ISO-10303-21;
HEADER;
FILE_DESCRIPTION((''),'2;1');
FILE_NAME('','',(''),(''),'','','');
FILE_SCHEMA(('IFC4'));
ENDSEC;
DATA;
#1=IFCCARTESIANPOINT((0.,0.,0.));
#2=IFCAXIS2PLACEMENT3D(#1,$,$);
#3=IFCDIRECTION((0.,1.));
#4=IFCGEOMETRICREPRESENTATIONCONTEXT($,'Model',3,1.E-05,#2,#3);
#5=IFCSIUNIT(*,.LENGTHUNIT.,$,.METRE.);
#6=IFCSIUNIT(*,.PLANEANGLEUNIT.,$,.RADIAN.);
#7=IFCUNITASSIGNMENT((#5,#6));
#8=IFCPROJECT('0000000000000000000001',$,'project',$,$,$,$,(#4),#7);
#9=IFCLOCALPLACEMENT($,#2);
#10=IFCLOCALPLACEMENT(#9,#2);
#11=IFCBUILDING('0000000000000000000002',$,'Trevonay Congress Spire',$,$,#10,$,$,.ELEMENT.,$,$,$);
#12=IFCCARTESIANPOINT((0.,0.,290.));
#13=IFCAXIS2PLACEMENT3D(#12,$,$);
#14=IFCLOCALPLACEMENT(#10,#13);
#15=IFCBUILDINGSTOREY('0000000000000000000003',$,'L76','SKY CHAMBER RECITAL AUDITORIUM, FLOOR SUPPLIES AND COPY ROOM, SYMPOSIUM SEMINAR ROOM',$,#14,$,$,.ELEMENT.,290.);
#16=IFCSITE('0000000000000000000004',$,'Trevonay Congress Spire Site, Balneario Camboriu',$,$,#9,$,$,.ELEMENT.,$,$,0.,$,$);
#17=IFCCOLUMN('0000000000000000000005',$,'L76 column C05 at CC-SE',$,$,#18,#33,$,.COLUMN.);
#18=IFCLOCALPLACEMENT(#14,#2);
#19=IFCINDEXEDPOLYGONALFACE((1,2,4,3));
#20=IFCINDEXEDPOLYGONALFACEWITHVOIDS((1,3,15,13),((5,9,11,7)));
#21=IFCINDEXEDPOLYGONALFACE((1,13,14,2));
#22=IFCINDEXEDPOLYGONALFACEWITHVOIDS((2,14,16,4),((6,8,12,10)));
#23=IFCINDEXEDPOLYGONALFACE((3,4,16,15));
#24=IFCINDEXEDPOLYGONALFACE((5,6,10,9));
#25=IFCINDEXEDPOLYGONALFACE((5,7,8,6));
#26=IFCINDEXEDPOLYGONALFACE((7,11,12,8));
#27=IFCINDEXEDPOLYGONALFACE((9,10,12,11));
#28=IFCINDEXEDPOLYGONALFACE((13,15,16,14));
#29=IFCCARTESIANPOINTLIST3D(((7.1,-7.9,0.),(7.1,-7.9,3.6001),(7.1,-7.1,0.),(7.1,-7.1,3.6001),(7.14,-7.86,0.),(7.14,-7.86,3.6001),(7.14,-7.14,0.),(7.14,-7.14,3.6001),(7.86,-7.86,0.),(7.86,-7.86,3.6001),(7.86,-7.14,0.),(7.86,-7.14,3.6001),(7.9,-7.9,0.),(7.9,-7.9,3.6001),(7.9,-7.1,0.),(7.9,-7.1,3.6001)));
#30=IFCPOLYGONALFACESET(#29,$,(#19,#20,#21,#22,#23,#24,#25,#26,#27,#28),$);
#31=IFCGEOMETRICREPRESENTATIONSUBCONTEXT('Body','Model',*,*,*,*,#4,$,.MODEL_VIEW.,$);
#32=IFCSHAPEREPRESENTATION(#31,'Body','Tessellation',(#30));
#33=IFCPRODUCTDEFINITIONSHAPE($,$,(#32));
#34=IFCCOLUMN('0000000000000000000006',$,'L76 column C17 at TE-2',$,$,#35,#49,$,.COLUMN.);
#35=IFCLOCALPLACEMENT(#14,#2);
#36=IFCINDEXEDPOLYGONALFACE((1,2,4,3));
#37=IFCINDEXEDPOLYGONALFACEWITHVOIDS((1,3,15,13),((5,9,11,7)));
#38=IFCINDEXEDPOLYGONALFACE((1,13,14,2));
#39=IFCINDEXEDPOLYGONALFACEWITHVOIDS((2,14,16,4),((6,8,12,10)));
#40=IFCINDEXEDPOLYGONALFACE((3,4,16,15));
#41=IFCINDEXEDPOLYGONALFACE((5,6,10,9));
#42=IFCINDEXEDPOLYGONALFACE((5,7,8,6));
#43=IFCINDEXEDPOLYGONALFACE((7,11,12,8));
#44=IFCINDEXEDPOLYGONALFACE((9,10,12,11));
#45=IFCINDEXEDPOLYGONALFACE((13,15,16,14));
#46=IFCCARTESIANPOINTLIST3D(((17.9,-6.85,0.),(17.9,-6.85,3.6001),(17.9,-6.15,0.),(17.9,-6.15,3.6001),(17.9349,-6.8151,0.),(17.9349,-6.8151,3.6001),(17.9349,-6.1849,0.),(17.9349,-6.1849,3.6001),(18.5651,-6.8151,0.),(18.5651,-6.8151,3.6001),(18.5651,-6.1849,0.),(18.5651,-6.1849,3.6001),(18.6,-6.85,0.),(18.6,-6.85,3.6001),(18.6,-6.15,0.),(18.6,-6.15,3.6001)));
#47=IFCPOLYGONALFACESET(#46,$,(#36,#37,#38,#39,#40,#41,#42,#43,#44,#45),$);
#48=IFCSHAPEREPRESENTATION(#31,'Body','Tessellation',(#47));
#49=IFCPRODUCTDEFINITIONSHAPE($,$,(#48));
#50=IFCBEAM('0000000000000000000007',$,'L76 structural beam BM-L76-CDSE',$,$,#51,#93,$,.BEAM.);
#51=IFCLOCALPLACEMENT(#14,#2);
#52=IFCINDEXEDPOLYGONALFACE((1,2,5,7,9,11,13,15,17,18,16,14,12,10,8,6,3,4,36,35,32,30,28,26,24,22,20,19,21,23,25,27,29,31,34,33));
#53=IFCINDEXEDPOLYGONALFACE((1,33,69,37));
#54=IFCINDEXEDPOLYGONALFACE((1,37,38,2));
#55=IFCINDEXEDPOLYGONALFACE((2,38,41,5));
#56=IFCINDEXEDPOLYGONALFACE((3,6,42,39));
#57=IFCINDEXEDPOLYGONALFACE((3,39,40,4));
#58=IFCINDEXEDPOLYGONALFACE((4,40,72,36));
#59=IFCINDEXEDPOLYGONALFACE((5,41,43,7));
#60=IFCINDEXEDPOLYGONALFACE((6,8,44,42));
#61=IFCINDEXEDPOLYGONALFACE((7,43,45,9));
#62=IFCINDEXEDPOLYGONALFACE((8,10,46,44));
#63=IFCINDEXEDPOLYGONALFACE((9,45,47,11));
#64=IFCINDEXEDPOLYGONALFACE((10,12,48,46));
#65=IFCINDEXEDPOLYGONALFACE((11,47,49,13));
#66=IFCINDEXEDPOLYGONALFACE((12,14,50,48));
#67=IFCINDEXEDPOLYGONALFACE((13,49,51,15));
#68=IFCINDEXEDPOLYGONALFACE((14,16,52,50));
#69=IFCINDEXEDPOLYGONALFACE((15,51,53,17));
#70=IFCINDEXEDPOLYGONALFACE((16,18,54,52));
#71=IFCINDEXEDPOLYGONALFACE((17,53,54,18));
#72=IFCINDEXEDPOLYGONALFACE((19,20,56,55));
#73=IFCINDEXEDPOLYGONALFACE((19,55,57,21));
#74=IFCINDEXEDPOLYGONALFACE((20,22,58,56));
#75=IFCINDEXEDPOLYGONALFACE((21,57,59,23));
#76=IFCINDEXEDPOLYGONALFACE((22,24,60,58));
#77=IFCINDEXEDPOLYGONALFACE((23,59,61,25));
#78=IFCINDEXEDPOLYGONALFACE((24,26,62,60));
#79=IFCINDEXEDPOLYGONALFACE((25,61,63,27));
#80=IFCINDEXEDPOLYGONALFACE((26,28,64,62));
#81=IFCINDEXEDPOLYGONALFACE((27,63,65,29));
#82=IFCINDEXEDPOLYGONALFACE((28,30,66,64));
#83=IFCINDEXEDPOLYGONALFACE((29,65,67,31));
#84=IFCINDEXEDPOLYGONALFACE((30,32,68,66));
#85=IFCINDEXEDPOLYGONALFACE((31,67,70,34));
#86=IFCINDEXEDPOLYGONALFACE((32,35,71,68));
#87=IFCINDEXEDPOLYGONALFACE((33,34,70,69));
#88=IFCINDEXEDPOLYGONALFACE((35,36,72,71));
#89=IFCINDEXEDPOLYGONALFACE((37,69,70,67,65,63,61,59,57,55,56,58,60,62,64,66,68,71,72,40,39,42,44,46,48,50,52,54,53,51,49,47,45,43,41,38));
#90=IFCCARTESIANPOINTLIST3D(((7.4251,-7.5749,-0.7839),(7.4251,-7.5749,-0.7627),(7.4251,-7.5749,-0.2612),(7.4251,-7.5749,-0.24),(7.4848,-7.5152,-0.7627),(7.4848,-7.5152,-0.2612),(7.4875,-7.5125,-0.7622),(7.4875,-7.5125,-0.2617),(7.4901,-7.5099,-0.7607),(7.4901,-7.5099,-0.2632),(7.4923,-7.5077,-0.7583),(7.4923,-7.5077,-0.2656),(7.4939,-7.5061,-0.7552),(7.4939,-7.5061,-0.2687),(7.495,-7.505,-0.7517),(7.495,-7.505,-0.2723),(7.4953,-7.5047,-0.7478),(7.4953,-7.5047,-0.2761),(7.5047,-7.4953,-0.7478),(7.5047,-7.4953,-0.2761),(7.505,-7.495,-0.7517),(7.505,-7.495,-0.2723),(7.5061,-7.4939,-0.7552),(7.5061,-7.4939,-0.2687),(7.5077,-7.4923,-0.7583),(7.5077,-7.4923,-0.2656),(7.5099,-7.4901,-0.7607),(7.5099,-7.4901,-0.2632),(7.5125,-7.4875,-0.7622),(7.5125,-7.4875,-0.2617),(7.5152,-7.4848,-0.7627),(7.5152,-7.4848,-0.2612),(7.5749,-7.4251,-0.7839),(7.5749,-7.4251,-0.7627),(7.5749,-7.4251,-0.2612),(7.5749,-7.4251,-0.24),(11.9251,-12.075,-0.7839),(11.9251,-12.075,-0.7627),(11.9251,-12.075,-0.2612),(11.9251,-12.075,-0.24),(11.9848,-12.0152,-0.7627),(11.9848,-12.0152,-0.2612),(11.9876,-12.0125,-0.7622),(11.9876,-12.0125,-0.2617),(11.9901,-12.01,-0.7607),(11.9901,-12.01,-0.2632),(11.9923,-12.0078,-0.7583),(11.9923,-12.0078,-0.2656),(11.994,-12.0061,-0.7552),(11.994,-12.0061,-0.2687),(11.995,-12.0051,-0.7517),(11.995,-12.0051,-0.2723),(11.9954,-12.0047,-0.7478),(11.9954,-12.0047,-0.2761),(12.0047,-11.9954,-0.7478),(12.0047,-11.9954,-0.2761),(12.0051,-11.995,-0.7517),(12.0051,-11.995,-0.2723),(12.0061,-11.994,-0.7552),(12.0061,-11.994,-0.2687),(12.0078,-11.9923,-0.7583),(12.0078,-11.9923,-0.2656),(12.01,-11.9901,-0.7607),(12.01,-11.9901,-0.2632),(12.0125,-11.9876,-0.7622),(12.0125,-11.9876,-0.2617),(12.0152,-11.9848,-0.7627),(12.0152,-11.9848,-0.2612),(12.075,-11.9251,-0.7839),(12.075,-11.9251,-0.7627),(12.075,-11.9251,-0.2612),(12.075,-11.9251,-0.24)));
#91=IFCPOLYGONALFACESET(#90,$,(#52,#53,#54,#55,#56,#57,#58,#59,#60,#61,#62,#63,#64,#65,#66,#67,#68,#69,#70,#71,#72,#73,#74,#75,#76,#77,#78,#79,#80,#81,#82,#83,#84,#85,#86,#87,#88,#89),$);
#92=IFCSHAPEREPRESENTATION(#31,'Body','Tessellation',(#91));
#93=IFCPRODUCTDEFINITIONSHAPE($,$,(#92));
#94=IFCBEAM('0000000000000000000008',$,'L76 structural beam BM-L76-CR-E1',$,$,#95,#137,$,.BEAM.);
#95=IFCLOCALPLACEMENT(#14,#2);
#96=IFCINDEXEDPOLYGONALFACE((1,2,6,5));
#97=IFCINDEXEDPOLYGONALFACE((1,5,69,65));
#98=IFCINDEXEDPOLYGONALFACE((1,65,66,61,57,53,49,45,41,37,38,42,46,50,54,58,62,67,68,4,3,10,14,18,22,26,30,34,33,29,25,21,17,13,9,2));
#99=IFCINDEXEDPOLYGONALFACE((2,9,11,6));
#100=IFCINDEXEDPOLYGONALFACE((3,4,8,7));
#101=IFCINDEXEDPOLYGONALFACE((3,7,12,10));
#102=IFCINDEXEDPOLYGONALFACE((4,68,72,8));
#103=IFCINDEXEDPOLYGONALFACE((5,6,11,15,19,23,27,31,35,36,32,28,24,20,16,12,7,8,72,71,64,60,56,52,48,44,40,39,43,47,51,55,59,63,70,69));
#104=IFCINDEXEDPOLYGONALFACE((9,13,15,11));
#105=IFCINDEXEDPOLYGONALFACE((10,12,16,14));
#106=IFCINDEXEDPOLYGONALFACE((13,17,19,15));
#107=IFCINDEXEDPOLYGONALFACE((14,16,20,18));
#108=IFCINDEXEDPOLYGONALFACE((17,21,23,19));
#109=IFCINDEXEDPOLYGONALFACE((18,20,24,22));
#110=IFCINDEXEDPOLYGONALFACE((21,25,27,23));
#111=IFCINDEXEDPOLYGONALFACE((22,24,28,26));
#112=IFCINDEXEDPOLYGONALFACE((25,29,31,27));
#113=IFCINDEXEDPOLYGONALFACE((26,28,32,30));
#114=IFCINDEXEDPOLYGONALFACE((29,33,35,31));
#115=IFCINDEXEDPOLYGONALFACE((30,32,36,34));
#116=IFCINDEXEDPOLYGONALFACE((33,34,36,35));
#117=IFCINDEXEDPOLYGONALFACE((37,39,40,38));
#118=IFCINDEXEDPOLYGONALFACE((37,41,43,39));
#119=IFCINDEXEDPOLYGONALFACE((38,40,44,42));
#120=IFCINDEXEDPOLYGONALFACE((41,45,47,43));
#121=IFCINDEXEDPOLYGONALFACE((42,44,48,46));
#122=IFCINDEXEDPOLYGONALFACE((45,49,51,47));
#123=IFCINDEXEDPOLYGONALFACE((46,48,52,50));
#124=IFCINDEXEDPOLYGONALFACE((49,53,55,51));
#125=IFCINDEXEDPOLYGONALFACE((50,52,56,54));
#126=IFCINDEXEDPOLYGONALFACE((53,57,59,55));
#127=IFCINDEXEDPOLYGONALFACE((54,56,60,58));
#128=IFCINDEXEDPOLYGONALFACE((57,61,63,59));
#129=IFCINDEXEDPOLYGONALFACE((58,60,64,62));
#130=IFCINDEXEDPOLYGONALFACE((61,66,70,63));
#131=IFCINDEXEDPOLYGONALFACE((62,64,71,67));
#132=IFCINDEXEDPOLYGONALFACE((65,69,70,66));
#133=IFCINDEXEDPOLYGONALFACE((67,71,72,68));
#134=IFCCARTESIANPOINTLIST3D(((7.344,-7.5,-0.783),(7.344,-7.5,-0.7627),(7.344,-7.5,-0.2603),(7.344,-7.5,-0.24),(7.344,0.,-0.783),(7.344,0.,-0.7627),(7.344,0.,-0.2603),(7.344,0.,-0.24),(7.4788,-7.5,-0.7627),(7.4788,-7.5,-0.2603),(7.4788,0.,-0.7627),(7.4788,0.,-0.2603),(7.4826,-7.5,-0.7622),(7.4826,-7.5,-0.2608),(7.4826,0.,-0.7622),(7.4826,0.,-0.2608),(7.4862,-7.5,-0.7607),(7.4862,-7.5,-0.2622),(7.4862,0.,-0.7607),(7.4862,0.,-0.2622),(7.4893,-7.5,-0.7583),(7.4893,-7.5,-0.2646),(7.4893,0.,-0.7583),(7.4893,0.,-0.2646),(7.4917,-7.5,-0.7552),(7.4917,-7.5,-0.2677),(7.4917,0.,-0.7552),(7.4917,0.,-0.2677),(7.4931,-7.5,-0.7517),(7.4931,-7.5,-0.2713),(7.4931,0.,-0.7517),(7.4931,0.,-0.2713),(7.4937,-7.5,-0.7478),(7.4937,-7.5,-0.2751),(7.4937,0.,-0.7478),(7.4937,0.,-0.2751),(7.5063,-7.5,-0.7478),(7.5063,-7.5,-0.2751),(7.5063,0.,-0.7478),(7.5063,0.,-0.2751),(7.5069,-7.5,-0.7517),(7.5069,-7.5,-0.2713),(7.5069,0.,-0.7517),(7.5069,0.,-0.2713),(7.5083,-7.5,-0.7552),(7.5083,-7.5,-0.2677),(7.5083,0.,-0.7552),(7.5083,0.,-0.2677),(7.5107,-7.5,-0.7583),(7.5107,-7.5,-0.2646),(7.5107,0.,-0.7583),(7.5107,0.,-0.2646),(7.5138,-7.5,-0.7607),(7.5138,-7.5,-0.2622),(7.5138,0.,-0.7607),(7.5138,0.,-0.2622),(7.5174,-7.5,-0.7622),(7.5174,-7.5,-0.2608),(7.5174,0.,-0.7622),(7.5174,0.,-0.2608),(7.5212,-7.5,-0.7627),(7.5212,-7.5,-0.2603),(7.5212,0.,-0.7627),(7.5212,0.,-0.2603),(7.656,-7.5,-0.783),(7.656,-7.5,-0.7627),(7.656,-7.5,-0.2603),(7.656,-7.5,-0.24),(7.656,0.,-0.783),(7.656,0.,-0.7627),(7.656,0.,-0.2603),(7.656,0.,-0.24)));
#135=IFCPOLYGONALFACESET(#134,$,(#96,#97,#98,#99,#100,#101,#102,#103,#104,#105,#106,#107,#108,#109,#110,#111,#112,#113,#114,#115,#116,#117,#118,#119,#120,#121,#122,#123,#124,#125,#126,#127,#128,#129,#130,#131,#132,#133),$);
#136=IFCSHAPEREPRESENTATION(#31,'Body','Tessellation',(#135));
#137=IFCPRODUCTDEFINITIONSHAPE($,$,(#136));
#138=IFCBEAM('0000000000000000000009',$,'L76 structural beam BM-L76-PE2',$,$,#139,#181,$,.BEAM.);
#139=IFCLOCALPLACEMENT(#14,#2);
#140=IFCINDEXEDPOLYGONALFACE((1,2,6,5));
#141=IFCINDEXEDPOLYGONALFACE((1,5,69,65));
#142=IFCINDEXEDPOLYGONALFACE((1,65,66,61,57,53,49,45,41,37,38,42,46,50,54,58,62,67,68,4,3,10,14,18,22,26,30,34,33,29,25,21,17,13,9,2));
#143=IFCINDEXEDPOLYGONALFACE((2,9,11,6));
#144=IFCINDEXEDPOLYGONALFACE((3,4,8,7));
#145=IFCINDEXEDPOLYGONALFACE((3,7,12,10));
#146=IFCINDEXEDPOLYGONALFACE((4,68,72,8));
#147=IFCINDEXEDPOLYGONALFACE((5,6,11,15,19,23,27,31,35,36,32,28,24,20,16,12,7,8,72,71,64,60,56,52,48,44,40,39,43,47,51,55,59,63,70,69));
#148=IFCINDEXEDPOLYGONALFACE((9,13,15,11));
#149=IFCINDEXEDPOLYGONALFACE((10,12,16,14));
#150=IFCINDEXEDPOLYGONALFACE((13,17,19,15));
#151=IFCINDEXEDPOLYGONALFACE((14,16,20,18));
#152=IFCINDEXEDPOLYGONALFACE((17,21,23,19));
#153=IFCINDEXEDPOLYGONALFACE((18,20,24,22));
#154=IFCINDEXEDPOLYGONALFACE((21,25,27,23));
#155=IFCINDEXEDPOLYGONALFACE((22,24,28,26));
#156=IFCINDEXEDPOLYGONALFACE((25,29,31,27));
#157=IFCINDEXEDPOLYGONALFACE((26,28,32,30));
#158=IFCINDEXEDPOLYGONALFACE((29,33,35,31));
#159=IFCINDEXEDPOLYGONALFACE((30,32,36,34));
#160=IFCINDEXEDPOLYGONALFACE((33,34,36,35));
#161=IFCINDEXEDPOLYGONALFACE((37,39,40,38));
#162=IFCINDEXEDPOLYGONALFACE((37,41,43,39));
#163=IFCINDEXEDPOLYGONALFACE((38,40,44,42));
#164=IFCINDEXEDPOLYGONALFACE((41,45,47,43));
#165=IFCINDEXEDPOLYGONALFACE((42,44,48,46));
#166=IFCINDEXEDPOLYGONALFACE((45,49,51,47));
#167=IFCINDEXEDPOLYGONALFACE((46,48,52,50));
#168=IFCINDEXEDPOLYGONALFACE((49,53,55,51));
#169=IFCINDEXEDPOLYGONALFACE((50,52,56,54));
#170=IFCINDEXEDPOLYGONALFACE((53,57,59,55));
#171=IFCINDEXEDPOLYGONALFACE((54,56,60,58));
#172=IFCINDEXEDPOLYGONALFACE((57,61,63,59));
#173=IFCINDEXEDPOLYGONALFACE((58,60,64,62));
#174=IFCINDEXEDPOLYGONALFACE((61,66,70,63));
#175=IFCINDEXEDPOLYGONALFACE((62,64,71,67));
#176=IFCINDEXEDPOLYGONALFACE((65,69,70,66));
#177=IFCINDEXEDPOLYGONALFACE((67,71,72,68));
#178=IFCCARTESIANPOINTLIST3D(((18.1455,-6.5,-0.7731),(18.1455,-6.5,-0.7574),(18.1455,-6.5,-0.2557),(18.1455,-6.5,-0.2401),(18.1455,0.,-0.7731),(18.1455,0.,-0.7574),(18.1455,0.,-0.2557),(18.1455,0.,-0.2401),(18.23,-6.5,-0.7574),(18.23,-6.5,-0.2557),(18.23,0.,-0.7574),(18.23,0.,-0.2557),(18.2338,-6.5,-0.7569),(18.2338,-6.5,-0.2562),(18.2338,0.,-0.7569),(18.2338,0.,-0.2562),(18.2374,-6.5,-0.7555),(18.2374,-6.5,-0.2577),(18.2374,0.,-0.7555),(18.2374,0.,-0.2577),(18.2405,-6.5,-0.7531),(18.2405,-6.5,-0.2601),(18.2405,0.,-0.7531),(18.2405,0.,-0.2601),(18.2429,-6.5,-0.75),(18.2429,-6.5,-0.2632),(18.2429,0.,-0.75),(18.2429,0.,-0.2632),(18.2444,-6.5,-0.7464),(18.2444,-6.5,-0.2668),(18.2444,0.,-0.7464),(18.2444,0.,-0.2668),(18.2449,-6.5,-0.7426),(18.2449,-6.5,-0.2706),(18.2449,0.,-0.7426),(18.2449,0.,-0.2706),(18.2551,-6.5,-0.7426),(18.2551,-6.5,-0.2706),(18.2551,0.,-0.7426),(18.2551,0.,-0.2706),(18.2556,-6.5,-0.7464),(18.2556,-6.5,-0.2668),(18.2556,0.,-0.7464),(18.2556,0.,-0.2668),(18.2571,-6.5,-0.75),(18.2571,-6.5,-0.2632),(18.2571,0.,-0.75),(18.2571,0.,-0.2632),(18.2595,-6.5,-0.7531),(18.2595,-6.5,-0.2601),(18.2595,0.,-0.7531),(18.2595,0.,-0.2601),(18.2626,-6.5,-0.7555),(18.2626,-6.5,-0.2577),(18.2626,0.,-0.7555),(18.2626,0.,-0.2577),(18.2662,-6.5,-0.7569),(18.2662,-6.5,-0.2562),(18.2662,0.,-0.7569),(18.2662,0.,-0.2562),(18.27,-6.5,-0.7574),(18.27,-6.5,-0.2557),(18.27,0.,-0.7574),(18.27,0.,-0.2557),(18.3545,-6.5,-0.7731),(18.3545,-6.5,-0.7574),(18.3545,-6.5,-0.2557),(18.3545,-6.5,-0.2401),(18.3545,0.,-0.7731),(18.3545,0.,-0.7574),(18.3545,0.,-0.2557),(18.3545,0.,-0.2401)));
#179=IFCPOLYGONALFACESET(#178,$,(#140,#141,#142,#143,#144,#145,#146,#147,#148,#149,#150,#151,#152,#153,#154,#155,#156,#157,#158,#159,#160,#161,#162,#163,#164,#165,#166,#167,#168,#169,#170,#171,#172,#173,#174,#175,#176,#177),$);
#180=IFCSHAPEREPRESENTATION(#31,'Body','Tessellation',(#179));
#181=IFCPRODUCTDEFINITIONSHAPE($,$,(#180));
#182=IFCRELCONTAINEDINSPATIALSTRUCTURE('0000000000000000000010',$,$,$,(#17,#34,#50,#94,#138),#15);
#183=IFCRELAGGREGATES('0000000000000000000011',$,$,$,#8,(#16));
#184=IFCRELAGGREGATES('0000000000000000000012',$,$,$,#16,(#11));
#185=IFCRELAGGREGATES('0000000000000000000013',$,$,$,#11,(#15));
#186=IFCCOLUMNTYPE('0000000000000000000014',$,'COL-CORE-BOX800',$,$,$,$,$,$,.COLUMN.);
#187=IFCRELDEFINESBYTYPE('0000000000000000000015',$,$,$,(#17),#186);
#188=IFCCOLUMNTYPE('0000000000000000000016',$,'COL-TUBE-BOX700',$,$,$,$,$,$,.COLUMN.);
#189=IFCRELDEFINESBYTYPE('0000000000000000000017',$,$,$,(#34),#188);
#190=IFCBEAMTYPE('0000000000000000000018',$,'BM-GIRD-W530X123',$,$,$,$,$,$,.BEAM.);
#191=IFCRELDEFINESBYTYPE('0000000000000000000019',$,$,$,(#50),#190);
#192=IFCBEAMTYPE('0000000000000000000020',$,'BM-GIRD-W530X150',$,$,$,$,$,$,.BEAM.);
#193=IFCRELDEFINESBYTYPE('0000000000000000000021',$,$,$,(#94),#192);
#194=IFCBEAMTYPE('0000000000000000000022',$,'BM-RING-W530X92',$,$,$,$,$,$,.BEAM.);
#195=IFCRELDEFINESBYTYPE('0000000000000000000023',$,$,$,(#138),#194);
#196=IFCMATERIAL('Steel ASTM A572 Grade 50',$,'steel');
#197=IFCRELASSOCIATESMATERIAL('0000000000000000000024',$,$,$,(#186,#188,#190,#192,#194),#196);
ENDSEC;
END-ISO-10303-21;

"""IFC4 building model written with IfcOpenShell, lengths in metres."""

from ifc_helpers import new_model, si_unit, direction, frame, origin, origin_2d, place, context, subcontext, project, spatial, hollow_rectangle, i_section, extrude, material, material_profile, profile_set, type_object, element, save


model = new_model("IFC4")

# Units and contexts
model_context = context("Model", 3, precision=1e-05, world=origin(), true_north=direction((0.0, 1.0)))
body_context = subcontext(model_context, "Body", "Model", "MODEL_VIEW")
ifc_project = project(units=[si_unit("LENGTHUNIT", "METRE"), si_unit("PLANEANGLEUNIT", "RADIAN")], contexts=[model_context])

# Site, building, storey
site_placement = place(None, origin())
site = spatial("IfcSite", under=ifc_project, at=site_placement, Name="Trevonay Congress Spire Site, Balneario Camboriu", CompositionType="ELEMENT", RefElevation=0.0)
building_placement = place(site_placement, origin())
building = spatial("IfcBuilding", under=site, at=building_placement, Name="Trevonay Congress Spire", CompositionType="ELEMENT")
storey_placement = place(building_placement, frame((0.0, 0.0, 290.0)))
storey = spatial("IfcBuildingStorey", under=building, at=storey_placement, Name="L76", Description="SKY CHAMBER RECITAL AUDITORIUM, FLOOR SUPPLIES AND COPY ROOM, SYMPOSIUM SEMINAR ROOM", CompositionType="ELEMENT", Elevation=290.0)

# Columns
ifc_material_1 = material(Name="Steel ASTM A572 Grade 50", Category="steel")
ifc_material_profile_1 = material_profile(ifc_material_1, hollow_rectangle(XDim=0.8, YDim=0.8, WallThickness=0.04, at=origin_2d()), Name="BOX 800x800x40")
ifc_profile_set_1 = profile_set([ifc_material_profile_1], Name="Steel ASTM A572 Grade 50")
column_type_1 = type_object("IfcColumnType", Name="COL-CORE-BOX800", PredefinedType="COLUMN", material=ifc_profile_set_1)
column_1_placement = place(storey_placement, frame((7.5, -7.5, 0.0), z_axis=(0.0, 0.0, 1.0), x_axis=(1.0, 0.0, 0.0)))
element("IfcColumn", 1, at=column_1_placement, inside=storey, type_object=column_type_1, Name="L76 column C05 at CC-SE", PredefinedType="COLUMN", context=body_context, shape_type="SweptSolid", body=[
    extrude(hollow_rectangle(XDim=0.8, YDim=0.8, WallThickness=0.04, at=origin_2d()), origin(), (0.0, 0.0, 1.0), 3.6001),
])
ifc_material_profile_2 = material_profile(ifc_material_1, hollow_rectangle(XDim=0.7, YDim=0.7, WallThickness=0.0349, at=origin_2d()), Name="BOX 700x700x35")
ifc_profile_set_2 = profile_set([ifc_material_profile_2], Name="Steel ASTM A572 Grade 50")
column_type_2 = type_object("IfcColumnType", Name="COL-TUBE-BOX700", PredefinedType="COLUMN", material=ifc_profile_set_2)
column_2_placement = place(storey_placement, frame((18.25, -6.5, 0.0), z_axis=(0.0, 0.0, 1.0), x_axis=(1.0, 0.0, 0.0)))
element("IfcColumn", 2, at=column_2_placement, inside=storey, type_object=column_type_2, Name="L76 column C17 at TE-2", PredefinedType="COLUMN", context=body_context, shape_type="SweptSolid", body=[
    extrude(hollow_rectangle(XDim=0.7, YDim=0.7, WallThickness=0.0349, at=origin_2d()), origin(), (0.0, 0.0, 1.0), 3.6001),
])

# Beams
ifc_material_profile_3 = material_profile(ifc_material_1, i_section(OverallWidth=0.2119, OverallDepth=0.5439, WebThickness=0.0132, FlangeThickness=0.0212, FilletRadius=0.0149, at=origin_2d()), Name="W530x123")
ifc_profile_set_3 = profile_set([ifc_material_profile_3], Name="Steel ASTM A572 Grade 50")
beam_type_1 = type_object("IfcBeamType", Name="BM-GIRD-W530X123", PredefinedType="BEAM", material=ifc_profile_set_3)
beam_1_placement = place(storey_placement, frame((7.5, -7.5, -0.512), z_axis=(0.707107, -0.707107, 0.0), x_axis=(0.707107, 0.707107, 0.0)))
element("IfcBeam", 3, at=beam_1_placement, inside=storey, type_object=beam_type_1, Name="L76 structural beam BM-L76-CDSE", PredefinedType="BEAM", context=body_context, shape_type="SweptSolid", body=[
    extrude(i_section(OverallWidth=0.2119, OverallDepth=0.5439, WebThickness=0.0132, FlangeThickness=0.0212, FilletRadius=0.0149, at=origin_2d()), origin(), (0.0, 0.0, 1.0), 6.364),
])
ifc_material_profile_4 = material_profile(ifc_material_1, i_section(OverallWidth=0.312, OverallDepth=0.543, WebThickness=0.0127, FlangeThickness=0.0203, FilletRadius=0.0149, at=origin_2d()), Name="W530x150")
ifc_profile_set_4 = profile_set([ifc_material_profile_4], Name="Steel ASTM A572 Grade 50")
beam_type_2 = type_object("IfcBeamType", Name="BM-GIRD-W530X150", PredefinedType="BEAM", material=ifc_profile_set_4)
beam_2_placement = place(storey_placement, frame((7.5, -7.5, -0.5115), z_axis=(0.0, 1.0, 0.0), x_axis=(-1.0, 0.0, 0.0)))
element("IfcBeam", 4, at=beam_2_placement, inside=storey, type_object=beam_type_2, Name="L76 structural beam BM-L76-CR-E1", PredefinedType="BEAM", context=body_context, shape_type="SweptSolid", body=[
    extrude(i_section(OverallWidth=0.312, OverallDepth=0.543, WebThickness=0.0127, FlangeThickness=0.0203, FilletRadius=0.0149, at=origin_2d()), origin(), (0.0, 0.0, 1.0), 7.5),
])
ifc_material_profile_5 = material_profile(ifc_material_1, i_section(OverallWidth=0.209, OverallDepth=0.533, WebThickness=0.0103, FlangeThickness=0.0156, FilletRadius=0.0149, at=origin_2d()), Name="W530x92")
ifc_profile_set_5 = profile_set([ifc_material_profile_5], Name="Steel ASTM A572 Grade 50")
beam_type_3 = type_object("IfcBeamType", Name="BM-RING-W530X92", PredefinedType="BEAM", material=ifc_profile_set_5)
beam_3_placement = place(storey_placement, frame((18.25, -6.5, -0.5066), z_axis=(0.0, 1.0, 0.0), x_axis=(-1.0, 0.0, 0.0)))
element("IfcBeam", 5, at=beam_3_placement, inside=storey, type_object=beam_type_3, Name="L76 structural beam BM-L76-PE2", PredefinedType="BEAM", context=body_context, shape_type="SweptSolid", body=[
    extrude(i_section(OverallWidth=0.209, OverallDepth=0.533, WebThickness=0.0103, FlangeThickness=0.0156, FilletRadius=0.0149, at=origin_2d()), origin(), (0.0, 0.0, 1.0), 6.5),
])

save(model, "model.ifc")
